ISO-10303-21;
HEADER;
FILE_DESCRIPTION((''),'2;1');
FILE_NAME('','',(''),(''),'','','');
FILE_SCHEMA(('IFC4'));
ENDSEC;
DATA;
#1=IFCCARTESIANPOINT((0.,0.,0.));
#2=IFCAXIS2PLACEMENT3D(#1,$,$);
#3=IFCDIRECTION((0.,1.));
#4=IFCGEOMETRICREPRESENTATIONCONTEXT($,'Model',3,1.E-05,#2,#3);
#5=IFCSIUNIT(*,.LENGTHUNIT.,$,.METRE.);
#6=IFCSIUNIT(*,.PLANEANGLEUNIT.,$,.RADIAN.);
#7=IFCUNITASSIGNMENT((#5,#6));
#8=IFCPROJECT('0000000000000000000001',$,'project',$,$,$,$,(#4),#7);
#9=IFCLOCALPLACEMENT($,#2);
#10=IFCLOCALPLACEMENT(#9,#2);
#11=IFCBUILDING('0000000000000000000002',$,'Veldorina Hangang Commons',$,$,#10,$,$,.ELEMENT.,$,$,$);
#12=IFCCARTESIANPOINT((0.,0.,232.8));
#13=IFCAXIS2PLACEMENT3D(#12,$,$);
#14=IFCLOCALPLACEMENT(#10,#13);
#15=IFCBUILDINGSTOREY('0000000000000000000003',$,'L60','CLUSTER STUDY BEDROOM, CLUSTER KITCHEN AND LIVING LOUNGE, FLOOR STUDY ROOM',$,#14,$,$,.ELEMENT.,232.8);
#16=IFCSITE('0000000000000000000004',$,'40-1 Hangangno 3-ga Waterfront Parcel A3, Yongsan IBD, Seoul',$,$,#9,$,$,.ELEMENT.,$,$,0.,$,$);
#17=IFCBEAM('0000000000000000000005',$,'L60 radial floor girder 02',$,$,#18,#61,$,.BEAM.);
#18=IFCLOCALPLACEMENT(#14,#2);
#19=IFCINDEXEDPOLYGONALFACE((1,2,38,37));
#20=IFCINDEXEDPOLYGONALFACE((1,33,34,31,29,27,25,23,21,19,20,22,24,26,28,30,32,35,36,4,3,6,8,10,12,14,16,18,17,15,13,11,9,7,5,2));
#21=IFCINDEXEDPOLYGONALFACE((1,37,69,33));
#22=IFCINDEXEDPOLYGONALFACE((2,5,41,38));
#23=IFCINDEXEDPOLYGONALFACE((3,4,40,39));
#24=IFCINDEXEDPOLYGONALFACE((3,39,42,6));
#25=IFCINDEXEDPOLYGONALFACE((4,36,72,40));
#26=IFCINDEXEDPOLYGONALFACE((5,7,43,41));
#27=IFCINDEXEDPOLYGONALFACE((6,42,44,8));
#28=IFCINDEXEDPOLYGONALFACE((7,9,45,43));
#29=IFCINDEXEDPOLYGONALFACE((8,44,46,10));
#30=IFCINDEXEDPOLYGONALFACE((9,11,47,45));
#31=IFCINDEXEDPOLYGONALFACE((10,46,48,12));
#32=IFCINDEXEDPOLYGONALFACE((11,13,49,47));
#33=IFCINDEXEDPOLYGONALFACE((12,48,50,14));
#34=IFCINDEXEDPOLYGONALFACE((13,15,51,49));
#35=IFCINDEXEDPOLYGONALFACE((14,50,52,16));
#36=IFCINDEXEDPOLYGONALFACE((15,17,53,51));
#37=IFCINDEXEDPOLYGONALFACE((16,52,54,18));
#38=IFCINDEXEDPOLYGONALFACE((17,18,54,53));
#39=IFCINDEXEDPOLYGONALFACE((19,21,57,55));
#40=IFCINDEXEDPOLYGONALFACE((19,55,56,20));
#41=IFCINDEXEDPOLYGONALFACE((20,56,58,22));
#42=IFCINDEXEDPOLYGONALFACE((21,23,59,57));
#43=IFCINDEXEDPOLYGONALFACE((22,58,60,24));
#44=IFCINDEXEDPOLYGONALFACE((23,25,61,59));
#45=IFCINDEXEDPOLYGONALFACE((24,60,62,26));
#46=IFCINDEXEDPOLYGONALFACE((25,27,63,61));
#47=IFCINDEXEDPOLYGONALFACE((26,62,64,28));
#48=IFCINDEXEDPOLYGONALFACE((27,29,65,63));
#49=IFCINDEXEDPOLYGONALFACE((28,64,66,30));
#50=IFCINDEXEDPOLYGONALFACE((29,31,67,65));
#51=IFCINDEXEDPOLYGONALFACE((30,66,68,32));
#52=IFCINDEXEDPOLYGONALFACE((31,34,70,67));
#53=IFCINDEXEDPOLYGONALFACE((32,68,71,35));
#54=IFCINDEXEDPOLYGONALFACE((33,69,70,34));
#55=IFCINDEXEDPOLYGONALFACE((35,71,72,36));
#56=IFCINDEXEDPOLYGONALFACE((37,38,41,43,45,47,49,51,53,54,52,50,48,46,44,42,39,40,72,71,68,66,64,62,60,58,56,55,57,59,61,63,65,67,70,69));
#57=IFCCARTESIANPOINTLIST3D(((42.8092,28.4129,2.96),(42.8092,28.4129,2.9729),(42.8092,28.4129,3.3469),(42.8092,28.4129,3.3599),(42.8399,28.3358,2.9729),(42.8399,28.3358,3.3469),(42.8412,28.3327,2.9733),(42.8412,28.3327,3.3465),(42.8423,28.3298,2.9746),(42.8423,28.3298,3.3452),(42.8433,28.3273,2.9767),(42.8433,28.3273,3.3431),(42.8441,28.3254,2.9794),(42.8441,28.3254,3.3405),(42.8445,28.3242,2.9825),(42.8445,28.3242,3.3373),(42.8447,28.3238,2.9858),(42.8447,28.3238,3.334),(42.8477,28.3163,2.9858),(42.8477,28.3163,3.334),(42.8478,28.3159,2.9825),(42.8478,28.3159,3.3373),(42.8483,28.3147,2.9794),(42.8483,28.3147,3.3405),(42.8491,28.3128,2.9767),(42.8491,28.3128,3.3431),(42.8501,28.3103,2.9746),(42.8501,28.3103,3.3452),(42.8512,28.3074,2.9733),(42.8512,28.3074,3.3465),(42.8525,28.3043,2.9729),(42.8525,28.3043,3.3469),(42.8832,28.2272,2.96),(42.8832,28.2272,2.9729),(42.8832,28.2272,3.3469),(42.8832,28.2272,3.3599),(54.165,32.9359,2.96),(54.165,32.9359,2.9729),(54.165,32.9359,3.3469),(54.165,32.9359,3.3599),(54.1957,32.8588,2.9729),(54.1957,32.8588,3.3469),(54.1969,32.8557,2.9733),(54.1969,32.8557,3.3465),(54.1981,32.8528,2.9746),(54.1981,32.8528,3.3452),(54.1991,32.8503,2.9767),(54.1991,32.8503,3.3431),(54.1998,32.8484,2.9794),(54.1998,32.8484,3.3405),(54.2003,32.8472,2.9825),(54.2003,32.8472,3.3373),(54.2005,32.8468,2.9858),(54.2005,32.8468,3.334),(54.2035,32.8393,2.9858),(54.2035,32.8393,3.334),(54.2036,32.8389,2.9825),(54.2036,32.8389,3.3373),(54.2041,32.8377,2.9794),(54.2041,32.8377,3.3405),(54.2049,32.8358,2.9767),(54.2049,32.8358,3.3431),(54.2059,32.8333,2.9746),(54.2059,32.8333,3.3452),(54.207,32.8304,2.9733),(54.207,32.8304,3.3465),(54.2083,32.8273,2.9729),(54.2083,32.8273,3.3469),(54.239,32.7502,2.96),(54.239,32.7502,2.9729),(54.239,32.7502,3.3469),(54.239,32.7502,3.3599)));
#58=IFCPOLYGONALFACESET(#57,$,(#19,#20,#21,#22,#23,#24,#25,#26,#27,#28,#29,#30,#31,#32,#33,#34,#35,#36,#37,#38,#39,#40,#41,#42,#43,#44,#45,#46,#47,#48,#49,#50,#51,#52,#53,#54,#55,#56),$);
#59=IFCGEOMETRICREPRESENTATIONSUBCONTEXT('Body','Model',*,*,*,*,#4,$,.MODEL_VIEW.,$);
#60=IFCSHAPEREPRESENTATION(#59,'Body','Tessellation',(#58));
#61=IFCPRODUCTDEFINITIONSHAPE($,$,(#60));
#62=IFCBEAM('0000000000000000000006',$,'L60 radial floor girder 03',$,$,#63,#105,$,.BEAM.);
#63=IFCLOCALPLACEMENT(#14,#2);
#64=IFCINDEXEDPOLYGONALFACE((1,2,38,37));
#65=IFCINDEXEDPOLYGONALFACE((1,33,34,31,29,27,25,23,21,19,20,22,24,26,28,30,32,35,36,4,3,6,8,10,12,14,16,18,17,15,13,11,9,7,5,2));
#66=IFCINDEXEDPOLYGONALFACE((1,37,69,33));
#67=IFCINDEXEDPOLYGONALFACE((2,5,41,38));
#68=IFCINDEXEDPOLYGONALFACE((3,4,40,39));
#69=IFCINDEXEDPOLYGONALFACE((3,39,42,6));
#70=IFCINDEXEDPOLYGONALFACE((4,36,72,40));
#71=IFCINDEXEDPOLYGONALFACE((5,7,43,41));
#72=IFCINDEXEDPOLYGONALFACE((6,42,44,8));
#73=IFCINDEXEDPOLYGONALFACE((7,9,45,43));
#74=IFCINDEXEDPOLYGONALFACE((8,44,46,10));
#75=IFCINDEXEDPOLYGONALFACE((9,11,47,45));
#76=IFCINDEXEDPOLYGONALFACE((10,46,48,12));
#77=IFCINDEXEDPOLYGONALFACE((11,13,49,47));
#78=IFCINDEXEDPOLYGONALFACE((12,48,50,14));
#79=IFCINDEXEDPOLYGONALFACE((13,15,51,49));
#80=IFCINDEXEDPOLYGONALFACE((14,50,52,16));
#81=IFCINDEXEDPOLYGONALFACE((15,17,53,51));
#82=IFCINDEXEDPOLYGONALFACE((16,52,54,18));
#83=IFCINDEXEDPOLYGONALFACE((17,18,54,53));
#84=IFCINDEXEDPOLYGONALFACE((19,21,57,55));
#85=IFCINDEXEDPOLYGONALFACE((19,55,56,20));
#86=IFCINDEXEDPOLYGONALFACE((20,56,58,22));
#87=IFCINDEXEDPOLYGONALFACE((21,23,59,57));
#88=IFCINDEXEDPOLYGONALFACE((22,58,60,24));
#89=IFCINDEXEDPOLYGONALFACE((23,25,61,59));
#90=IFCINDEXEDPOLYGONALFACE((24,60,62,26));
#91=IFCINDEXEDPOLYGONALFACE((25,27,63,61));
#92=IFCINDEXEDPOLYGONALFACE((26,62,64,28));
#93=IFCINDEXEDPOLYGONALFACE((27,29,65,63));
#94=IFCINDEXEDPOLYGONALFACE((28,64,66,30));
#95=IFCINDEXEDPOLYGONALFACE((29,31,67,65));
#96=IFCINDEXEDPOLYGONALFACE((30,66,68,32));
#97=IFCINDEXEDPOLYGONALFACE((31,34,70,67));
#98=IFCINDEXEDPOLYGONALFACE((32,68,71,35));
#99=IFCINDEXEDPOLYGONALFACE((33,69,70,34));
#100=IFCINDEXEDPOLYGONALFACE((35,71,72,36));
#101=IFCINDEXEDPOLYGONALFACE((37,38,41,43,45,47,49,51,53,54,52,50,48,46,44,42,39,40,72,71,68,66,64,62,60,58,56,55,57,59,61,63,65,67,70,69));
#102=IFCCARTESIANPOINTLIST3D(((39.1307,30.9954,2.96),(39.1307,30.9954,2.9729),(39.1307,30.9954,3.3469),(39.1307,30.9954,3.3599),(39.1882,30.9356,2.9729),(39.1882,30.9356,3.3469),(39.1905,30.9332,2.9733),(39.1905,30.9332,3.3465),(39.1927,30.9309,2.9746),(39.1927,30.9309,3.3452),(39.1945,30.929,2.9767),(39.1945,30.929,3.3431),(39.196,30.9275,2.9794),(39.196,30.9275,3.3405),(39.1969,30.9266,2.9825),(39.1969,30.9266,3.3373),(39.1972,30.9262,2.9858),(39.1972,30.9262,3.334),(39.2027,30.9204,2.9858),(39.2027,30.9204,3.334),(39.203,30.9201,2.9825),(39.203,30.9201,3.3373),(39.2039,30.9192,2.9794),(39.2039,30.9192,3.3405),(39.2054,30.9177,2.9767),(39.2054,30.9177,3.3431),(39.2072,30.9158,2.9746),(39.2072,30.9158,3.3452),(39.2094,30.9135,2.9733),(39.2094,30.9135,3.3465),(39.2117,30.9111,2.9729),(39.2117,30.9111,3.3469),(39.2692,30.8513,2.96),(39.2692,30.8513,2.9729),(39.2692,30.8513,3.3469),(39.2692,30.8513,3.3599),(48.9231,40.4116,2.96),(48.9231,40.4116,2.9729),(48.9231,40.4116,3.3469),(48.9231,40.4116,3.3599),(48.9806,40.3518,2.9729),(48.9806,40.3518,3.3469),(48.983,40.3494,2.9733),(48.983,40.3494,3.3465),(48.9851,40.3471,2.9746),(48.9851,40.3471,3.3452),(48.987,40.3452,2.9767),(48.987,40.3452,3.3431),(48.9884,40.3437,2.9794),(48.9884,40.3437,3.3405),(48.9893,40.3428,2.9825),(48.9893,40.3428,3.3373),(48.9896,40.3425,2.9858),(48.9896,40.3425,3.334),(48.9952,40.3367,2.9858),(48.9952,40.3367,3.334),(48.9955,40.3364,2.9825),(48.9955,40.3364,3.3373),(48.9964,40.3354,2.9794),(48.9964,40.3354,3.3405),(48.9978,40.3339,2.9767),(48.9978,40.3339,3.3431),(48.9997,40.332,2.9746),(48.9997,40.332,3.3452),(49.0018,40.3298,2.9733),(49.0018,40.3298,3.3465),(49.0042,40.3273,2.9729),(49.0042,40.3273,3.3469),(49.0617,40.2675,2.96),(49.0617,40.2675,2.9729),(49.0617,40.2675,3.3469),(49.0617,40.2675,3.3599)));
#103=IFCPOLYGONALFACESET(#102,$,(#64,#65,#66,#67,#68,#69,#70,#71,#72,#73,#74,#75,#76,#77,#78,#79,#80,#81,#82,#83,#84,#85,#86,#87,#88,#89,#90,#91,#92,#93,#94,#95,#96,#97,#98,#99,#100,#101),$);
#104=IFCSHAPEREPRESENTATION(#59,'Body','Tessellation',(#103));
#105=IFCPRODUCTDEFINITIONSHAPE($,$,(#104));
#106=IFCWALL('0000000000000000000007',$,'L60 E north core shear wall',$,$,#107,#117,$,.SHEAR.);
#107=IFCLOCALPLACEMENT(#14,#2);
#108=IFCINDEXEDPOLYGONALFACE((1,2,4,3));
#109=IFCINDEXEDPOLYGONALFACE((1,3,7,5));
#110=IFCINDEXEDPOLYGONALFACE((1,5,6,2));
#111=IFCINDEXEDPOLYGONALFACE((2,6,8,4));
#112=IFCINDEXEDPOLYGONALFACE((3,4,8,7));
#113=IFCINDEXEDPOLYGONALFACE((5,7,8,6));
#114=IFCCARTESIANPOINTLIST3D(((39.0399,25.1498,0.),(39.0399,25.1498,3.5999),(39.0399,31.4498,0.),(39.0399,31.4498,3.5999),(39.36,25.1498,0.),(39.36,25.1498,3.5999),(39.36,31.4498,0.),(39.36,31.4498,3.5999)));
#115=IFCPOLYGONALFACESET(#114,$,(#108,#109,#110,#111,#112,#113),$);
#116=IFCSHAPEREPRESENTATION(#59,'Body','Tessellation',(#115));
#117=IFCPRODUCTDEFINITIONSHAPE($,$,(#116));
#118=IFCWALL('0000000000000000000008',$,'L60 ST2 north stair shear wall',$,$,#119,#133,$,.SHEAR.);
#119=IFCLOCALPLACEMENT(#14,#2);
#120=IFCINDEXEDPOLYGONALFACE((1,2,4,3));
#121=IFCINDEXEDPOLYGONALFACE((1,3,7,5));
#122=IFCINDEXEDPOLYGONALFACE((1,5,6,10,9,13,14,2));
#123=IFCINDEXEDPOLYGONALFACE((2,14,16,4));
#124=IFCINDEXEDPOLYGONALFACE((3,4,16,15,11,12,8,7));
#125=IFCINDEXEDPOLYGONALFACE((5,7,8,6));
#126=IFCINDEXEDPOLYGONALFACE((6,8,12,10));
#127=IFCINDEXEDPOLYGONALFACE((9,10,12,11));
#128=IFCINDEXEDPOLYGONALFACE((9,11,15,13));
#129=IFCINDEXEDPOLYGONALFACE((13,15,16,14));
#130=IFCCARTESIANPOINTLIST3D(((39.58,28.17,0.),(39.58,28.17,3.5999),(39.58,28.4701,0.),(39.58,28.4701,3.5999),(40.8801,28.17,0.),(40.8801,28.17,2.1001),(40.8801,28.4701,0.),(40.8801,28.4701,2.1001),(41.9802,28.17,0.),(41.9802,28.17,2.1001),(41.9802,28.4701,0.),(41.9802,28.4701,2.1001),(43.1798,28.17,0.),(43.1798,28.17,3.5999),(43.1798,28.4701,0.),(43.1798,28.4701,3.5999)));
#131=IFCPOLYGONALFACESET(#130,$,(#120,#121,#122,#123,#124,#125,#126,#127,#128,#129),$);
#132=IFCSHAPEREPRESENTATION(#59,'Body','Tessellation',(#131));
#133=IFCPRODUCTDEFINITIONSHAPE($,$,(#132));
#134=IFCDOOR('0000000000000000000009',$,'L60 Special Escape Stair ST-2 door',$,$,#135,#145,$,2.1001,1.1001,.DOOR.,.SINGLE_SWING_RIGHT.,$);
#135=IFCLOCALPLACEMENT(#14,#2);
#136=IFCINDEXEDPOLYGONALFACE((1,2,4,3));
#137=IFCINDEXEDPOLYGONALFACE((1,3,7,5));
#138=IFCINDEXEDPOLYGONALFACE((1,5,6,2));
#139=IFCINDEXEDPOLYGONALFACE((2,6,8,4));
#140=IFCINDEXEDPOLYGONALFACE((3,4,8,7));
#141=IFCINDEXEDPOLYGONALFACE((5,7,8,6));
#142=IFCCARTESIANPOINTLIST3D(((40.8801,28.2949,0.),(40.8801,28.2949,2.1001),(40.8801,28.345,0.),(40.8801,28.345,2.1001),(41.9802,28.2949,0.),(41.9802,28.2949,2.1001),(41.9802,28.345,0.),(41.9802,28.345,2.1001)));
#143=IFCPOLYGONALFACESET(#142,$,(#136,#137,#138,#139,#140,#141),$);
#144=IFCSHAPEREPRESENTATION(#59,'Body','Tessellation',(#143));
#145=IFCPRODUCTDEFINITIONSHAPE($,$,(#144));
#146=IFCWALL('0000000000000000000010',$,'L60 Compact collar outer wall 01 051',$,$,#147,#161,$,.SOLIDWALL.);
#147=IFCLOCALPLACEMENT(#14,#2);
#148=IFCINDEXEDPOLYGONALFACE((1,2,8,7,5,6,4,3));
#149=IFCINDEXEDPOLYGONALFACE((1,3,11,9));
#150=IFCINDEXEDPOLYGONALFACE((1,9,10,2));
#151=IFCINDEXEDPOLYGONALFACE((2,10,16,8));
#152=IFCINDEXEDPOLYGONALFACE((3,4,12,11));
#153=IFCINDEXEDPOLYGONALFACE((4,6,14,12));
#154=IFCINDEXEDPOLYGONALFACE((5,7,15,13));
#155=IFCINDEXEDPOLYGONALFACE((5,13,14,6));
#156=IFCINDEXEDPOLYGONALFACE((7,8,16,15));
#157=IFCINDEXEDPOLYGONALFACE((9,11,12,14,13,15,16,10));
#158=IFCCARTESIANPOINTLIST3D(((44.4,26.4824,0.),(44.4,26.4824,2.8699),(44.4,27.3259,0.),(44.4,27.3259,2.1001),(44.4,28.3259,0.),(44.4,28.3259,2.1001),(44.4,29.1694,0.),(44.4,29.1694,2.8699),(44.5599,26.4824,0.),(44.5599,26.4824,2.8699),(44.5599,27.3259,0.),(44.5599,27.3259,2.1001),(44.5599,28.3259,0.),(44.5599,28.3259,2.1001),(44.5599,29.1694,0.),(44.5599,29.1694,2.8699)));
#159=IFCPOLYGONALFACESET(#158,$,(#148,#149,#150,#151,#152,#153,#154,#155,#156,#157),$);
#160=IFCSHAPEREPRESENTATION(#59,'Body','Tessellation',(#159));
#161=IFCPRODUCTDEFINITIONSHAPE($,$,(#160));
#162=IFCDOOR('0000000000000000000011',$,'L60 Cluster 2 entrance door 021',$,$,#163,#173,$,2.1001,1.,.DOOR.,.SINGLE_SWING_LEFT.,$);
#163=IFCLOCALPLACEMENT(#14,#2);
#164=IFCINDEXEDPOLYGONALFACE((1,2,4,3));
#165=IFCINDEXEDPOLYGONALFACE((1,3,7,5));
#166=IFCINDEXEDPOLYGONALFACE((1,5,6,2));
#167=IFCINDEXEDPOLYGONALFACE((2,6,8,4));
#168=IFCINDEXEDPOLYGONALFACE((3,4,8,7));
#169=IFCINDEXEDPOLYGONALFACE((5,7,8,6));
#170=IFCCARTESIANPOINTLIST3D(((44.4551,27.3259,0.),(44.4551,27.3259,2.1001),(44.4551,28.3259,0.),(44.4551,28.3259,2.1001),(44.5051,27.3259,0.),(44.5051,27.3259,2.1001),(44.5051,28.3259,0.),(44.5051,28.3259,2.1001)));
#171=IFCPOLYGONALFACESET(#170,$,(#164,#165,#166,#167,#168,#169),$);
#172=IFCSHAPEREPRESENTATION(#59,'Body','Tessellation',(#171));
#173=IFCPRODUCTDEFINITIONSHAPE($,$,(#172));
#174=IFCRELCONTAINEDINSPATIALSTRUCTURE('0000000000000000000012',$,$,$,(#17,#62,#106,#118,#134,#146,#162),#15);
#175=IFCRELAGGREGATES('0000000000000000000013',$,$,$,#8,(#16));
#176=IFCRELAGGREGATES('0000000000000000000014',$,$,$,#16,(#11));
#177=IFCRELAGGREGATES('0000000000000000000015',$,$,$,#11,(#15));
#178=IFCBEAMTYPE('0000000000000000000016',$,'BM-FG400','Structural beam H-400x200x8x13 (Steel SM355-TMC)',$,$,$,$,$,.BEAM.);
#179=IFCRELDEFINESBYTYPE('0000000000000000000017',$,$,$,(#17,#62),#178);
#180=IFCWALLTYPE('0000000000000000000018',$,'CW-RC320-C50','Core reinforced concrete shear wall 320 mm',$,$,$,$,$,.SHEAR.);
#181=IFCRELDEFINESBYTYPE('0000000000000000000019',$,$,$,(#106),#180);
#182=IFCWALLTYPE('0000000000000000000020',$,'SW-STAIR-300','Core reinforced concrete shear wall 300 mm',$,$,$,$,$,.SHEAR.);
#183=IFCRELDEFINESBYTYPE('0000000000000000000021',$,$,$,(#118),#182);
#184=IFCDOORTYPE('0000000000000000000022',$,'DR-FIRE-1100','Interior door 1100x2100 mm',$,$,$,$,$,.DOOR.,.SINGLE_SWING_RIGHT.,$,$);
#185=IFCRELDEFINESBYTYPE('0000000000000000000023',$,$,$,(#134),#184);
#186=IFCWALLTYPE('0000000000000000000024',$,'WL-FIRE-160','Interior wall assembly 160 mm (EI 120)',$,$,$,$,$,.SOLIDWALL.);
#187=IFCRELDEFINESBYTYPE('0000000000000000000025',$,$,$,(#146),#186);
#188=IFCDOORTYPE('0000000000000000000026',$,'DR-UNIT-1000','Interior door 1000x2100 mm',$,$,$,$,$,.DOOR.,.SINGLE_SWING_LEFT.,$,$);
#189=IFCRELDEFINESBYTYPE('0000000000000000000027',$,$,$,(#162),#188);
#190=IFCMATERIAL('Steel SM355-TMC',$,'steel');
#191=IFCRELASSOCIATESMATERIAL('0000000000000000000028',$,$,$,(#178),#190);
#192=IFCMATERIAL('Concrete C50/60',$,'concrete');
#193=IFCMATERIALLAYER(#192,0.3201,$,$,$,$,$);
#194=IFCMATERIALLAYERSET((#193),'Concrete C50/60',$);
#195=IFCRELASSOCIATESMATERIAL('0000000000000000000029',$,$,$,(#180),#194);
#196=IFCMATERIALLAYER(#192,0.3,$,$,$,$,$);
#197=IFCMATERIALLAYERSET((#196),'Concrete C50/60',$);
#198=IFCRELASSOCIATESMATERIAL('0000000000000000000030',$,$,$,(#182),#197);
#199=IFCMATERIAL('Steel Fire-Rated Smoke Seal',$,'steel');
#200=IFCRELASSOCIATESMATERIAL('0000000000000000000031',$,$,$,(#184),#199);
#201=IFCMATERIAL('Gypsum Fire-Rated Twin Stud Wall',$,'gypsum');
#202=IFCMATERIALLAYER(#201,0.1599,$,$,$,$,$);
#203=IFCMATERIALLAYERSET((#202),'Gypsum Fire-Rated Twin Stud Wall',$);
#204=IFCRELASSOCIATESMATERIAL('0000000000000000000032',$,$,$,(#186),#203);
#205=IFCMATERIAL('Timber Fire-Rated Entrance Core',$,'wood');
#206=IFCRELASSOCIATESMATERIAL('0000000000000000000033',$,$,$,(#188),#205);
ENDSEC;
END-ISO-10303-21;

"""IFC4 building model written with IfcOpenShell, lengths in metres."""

from ifc_helpers import new_model, si_unit, direction, frame, frame_2d, origin, origin_2d, place, context, subcontext, project, spatial, rectangle, i_section, extrude, material, layer, layer_set, material_profile, profile_set, type_object, element, fill, save


model = new_model("IFC4")

# Units and contexts
model_context = context("Model", 3, precision=1e-05, world=origin(), true_north=direction((0.0, 1.0)))
body_context = subcontext(model_context, "Body", "Model", "MODEL_VIEW")
ifc_project = project(units=[si_unit("LENGTHUNIT", "METRE"), si_unit("PLANEANGLEUNIT", "RADIAN")], contexts=[model_context])

# Site, building, storey
site_placement = place(None, origin())
site = spatial("IfcSite", under=ifc_project, at=site_placement, Name="40-1 Hangangno 3-ga Waterfront Parcel A3, Yongsan IBD, Seoul", CompositionType="ELEMENT", RefElevation=0.0)
building_placement = place(site_placement, origin())
building = spatial("IfcBuilding", under=site, at=building_placement, Name="Veldorina Hangang Commons", CompositionType="ELEMENT")
storey_placement = place(building_placement, frame((0.0, 0.0, 232.8)))
storey = spatial("IfcBuildingStorey", under=building, at=storey_placement, Name="L60", Description="CLUSTER STUDY BEDROOM, CLUSTER KITCHEN AND LIVING LOUNGE, FLOOR STUDY ROOM", CompositionType="ELEMENT", Elevation=232.8)

# Beams
ifc_material_1 = material(Name="Steel SM355-TMC", Category="steel")
ifc_material_profile = material_profile(ifc_material_1, i_section(OverallWidth=0.2, OverallDepth=0.3999, WebThickness=0.0081, FlangeThickness=0.0129, FilletRadius=0.0129, at=origin_2d()), Name="H-400x200x8x13")
ifc_profile_set = profile_set([ifc_material_profile], Name="Steel SM355-TMC")
beam_type = type_object("IfcBeamType", Name="BM-FG400", Description="Structural beam H-400x200x8x13 (Steel SM355-TMC)", PredefinedType="BEAM", material=ifc_profile_set)
beam_1_placement = place(storey_placement, frame((42.8462, 28.3201, 3.1599), z_axis=(0.929021, 0.370027, 0.0), x_axis=(-0.370027, 0.929021, 0.0)))
element("IfcBeam", 1, at=beam_1_placement, inside=storey, type_object=beam_type, Name="L60 radial floor girder 02", PredefinedType="BEAM", context=body_context, shape_type="SweptSolid", body=[
    extrude(i_section(OverallWidth=0.2, OverallDepth=0.3999, WebThickness=0.0081, FlangeThickness=0.0129, FilletRadius=0.0129, at=origin_2d()), origin(), (0.0, 0.0, 1.0), 12.2234),
])
beam_2_placement = place(storey_placement, frame((39.2, 30.9233, 3.1599), z_axis=(0.720818, 0.693125, 0.0), x_axis=(-0.693125, 0.720818, 0.0)))
element("IfcBeam", 2, at=beam_2_placement, inside=storey, type_object=beam_type, Name="L60 radial floor girder 03", PredefinedType="BEAM", context=body_context, shape_type="SweptSolid", body=[
    extrude(i_section(OverallWidth=0.2, OverallDepth=0.3999, WebThickness=0.0081, FlangeThickness=0.0129, FilletRadius=0.0129, at=origin_2d()), origin(), (0.0, 0.0, 1.0), 13.5852),
])

# Wall
ifc_material_2 = material(Name="Concrete C50/60", Category="concrete")
ifc_layer_1 = layer(ifc_material_2, 0.3201)
ifc_layer_set_1 = layer_set([ifc_layer_1], Name="Concrete C50/60")
wall_type_1 = type_object("IfcWallType", Name="CW-RC320-C50", Description="Core reinforced concrete shear wall 320 mm", PredefinedType="SHEAR", material=ifc_layer_set_1)
wall_1_placement = place(storey_placement, frame((39.2, 25.1499, 0.0), z_axis=(0.0, 0.0, 1.0), x_axis=(0.0, 1.0, 0.0)))
element("IfcWall", 3, at=wall_1_placement, inside=storey, type_object=wall_type_1, Name="L60 E north core shear wall", PredefinedType="SHEAR", context=body_context, shape_type="SweptSolid", body=[
    extrude(rectangle(XDim=6.3, YDim=0.3201, at=frame_2d((3.1499, 0.0))), origin(), (0.0, 0.0, 1.0), 3.5999),
])

# Walls, openings, doors
ifc_layer_2 = layer(ifc_material_2, 0.3)
ifc_layer_set_2 = layer_set([ifc_layer_2], Name="Concrete C50/60")
wall_type_2 = type_object("IfcWallType", Name="SW-STAIR-300", Description="Core reinforced concrete shear wall 300 mm", PredefinedType="SHEAR", material=ifc_layer_set_2)
wall_2_placement = place(storey_placement, frame((39.5801, 28.3201, 0.0), z_axis=(0.0, 0.0, 1.0), x_axis=(1.0, 0.0, 0.0)))
wall_2 = element("IfcWall", 4, at=wall_2_placement, inside=storey, type_object=wall_type_2, Name="L60 ST2 north stair shear wall", PredefinedType="SHEAR", context=body_context, shape_type="SweptSolid", body=[
    extrude(rectangle(XDim=3.5999, YDim=0.3, at=frame_2d((1.7998, 0.0))), origin(), (0.0, 0.0, 1.0), 3.5999),
])
opening_1_placement = place(wall_2_placement, frame((1.3, 0.0, 0.0)))
opening_1 = element("IfcOpeningElement", 5, at=opening_1_placement, cuts=wall_2, PredefinedType="OPENING", context=body_context, shape_type="SweptSolid", body=[
    extrude(rectangle(XDim=1.1001, YDim=2.1001, at=frame_2d((0.55, 1.05))), frame((0.0, 0.1602, 0.0), z_axis=(0.0, -1.0, 0.0), x_axis=(1.0, 0.0, 0.0)), (0.0, 0.0, 1.0), 0.3201),
])
ifc_material_3 = material(Name="Steel Fire-Rated Smoke Seal", Category="steel")
door_type_1 = type_object("IfcDoorType", Name="DR-FIRE-1100", Description="Interior door 1100x2100 mm", OperationType="SINGLE_SWING_RIGHT", PredefinedType="DOOR", material=ifc_material_3)
door_1_placement = place(opening_1_placement, origin())
door_1 = element("IfcDoor", 6, at=door_1_placement, inside=storey, type_object=door_type_1, Name="L60 Special Escape Stair ST-2 door", OperationType="SINGLE_SWING_RIGHT", OverallHeight=2.1001, OverallWidth=1.1001, PredefinedType="DOOR", context=body_context, shape_type="SweptSolid", body=[
    extrude(rectangle(XDim=1.1001, YDim=2.1001, at=frame_2d((0.55, 1.05))), frame((0.0, 0.0249, 0.0), z_axis=(0.0, -1.0, 0.0), x_axis=(1.0, 0.0, 0.0)), (0.0, 0.0, 1.0), 0.05),
])
fill(opening_1, door_1)
ifc_material_4 = material(Name="Gypsum Fire-Rated Twin Stud Wall", Category="gypsum")
ifc_layer_3 = layer(ifc_material_4, 0.1599)
ifc_layer_set_3 = layer_set([ifc_layer_3], Name="Gypsum Fire-Rated Twin Stud Wall")
wall_type_3 = type_object("IfcWallType", Name="WL-FIRE-160", Description="Interior wall assembly 160 mm (EI 120)", PredefinedType="SOLIDWALL", material=ifc_layer_set_3)
wall_3_placement = place(storey_placement, frame((44.48, 26.4824, 0.0), z_axis=(0.0, 0.0, 1.0), x_axis=(0.0, 1.0, 0.0)))
wall_3 = element("IfcWall", 7, at=wall_3_placement, inside=storey, type_object=wall_type_3, Name="L60 Compact collar outer wall 01 051", PredefinedType="SOLIDWALL", context=body_context, shape_type="SweptSolid", body=[
    extrude(rectangle(XDim=2.687, YDim=0.1599, at=frame_2d((1.3435, 0.0))), origin(), (0.0, 0.0, 1.0), 2.8699),
])
opening_2_placement = place(wall_3_placement, frame((0.8435, 0.0, 0.0)))
opening_2 = element("IfcOpeningElement", 8, at=opening_2_placement, cuts=wall_3, PredefinedType="OPENING", context=body_context, shape_type="SweptSolid", body=[
    extrude(rectangle(XDim=1.0, YDim=2.1001, at=frame_2d((0.5, 1.05))), frame((0.0, 0.0898, 0.0), z_axis=(0.0, -1.0, 0.0), x_axis=(1.0, 0.0, 0.0)), (0.0, 0.0, 1.0), 0.1799),
])
ifc_material_5 = material(Name="Timber Fire-Rated Entrance Core", Category="wood")
door_type_2 = type_object("IfcDoorType", Name="DR-UNIT-1000", Description="Interior door 1000x2100 mm", OperationType="SINGLE_SWING_LEFT", PredefinedType="DOOR", material=ifc_material_5)
door_2_placement = place(opening_2_placement, origin())
door_2 = element("IfcDoor", 9, at=door_2_placement, inside=storey, type_object=door_type_2, Name="L60 Cluster 2 entrance door 021", OperationType="SINGLE_SWING_LEFT", OverallHeight=2.1001, OverallWidth=1.0, PredefinedType="DOOR", context=body_context, shape_type="SweptSolid", body=[
    extrude(rectangle(XDim=1.0, YDim=2.1001, at=frame_2d((0.5, 1.05))), frame((0.0, 0.0249, 0.0), z_axis=(0.0, -1.0, 0.0), x_axis=(1.0, 0.0, 0.0)), (0.0, 0.0, 1.0), 0.05),
])
fill(opening_2, door_2)

save(model, "model.ifc")
